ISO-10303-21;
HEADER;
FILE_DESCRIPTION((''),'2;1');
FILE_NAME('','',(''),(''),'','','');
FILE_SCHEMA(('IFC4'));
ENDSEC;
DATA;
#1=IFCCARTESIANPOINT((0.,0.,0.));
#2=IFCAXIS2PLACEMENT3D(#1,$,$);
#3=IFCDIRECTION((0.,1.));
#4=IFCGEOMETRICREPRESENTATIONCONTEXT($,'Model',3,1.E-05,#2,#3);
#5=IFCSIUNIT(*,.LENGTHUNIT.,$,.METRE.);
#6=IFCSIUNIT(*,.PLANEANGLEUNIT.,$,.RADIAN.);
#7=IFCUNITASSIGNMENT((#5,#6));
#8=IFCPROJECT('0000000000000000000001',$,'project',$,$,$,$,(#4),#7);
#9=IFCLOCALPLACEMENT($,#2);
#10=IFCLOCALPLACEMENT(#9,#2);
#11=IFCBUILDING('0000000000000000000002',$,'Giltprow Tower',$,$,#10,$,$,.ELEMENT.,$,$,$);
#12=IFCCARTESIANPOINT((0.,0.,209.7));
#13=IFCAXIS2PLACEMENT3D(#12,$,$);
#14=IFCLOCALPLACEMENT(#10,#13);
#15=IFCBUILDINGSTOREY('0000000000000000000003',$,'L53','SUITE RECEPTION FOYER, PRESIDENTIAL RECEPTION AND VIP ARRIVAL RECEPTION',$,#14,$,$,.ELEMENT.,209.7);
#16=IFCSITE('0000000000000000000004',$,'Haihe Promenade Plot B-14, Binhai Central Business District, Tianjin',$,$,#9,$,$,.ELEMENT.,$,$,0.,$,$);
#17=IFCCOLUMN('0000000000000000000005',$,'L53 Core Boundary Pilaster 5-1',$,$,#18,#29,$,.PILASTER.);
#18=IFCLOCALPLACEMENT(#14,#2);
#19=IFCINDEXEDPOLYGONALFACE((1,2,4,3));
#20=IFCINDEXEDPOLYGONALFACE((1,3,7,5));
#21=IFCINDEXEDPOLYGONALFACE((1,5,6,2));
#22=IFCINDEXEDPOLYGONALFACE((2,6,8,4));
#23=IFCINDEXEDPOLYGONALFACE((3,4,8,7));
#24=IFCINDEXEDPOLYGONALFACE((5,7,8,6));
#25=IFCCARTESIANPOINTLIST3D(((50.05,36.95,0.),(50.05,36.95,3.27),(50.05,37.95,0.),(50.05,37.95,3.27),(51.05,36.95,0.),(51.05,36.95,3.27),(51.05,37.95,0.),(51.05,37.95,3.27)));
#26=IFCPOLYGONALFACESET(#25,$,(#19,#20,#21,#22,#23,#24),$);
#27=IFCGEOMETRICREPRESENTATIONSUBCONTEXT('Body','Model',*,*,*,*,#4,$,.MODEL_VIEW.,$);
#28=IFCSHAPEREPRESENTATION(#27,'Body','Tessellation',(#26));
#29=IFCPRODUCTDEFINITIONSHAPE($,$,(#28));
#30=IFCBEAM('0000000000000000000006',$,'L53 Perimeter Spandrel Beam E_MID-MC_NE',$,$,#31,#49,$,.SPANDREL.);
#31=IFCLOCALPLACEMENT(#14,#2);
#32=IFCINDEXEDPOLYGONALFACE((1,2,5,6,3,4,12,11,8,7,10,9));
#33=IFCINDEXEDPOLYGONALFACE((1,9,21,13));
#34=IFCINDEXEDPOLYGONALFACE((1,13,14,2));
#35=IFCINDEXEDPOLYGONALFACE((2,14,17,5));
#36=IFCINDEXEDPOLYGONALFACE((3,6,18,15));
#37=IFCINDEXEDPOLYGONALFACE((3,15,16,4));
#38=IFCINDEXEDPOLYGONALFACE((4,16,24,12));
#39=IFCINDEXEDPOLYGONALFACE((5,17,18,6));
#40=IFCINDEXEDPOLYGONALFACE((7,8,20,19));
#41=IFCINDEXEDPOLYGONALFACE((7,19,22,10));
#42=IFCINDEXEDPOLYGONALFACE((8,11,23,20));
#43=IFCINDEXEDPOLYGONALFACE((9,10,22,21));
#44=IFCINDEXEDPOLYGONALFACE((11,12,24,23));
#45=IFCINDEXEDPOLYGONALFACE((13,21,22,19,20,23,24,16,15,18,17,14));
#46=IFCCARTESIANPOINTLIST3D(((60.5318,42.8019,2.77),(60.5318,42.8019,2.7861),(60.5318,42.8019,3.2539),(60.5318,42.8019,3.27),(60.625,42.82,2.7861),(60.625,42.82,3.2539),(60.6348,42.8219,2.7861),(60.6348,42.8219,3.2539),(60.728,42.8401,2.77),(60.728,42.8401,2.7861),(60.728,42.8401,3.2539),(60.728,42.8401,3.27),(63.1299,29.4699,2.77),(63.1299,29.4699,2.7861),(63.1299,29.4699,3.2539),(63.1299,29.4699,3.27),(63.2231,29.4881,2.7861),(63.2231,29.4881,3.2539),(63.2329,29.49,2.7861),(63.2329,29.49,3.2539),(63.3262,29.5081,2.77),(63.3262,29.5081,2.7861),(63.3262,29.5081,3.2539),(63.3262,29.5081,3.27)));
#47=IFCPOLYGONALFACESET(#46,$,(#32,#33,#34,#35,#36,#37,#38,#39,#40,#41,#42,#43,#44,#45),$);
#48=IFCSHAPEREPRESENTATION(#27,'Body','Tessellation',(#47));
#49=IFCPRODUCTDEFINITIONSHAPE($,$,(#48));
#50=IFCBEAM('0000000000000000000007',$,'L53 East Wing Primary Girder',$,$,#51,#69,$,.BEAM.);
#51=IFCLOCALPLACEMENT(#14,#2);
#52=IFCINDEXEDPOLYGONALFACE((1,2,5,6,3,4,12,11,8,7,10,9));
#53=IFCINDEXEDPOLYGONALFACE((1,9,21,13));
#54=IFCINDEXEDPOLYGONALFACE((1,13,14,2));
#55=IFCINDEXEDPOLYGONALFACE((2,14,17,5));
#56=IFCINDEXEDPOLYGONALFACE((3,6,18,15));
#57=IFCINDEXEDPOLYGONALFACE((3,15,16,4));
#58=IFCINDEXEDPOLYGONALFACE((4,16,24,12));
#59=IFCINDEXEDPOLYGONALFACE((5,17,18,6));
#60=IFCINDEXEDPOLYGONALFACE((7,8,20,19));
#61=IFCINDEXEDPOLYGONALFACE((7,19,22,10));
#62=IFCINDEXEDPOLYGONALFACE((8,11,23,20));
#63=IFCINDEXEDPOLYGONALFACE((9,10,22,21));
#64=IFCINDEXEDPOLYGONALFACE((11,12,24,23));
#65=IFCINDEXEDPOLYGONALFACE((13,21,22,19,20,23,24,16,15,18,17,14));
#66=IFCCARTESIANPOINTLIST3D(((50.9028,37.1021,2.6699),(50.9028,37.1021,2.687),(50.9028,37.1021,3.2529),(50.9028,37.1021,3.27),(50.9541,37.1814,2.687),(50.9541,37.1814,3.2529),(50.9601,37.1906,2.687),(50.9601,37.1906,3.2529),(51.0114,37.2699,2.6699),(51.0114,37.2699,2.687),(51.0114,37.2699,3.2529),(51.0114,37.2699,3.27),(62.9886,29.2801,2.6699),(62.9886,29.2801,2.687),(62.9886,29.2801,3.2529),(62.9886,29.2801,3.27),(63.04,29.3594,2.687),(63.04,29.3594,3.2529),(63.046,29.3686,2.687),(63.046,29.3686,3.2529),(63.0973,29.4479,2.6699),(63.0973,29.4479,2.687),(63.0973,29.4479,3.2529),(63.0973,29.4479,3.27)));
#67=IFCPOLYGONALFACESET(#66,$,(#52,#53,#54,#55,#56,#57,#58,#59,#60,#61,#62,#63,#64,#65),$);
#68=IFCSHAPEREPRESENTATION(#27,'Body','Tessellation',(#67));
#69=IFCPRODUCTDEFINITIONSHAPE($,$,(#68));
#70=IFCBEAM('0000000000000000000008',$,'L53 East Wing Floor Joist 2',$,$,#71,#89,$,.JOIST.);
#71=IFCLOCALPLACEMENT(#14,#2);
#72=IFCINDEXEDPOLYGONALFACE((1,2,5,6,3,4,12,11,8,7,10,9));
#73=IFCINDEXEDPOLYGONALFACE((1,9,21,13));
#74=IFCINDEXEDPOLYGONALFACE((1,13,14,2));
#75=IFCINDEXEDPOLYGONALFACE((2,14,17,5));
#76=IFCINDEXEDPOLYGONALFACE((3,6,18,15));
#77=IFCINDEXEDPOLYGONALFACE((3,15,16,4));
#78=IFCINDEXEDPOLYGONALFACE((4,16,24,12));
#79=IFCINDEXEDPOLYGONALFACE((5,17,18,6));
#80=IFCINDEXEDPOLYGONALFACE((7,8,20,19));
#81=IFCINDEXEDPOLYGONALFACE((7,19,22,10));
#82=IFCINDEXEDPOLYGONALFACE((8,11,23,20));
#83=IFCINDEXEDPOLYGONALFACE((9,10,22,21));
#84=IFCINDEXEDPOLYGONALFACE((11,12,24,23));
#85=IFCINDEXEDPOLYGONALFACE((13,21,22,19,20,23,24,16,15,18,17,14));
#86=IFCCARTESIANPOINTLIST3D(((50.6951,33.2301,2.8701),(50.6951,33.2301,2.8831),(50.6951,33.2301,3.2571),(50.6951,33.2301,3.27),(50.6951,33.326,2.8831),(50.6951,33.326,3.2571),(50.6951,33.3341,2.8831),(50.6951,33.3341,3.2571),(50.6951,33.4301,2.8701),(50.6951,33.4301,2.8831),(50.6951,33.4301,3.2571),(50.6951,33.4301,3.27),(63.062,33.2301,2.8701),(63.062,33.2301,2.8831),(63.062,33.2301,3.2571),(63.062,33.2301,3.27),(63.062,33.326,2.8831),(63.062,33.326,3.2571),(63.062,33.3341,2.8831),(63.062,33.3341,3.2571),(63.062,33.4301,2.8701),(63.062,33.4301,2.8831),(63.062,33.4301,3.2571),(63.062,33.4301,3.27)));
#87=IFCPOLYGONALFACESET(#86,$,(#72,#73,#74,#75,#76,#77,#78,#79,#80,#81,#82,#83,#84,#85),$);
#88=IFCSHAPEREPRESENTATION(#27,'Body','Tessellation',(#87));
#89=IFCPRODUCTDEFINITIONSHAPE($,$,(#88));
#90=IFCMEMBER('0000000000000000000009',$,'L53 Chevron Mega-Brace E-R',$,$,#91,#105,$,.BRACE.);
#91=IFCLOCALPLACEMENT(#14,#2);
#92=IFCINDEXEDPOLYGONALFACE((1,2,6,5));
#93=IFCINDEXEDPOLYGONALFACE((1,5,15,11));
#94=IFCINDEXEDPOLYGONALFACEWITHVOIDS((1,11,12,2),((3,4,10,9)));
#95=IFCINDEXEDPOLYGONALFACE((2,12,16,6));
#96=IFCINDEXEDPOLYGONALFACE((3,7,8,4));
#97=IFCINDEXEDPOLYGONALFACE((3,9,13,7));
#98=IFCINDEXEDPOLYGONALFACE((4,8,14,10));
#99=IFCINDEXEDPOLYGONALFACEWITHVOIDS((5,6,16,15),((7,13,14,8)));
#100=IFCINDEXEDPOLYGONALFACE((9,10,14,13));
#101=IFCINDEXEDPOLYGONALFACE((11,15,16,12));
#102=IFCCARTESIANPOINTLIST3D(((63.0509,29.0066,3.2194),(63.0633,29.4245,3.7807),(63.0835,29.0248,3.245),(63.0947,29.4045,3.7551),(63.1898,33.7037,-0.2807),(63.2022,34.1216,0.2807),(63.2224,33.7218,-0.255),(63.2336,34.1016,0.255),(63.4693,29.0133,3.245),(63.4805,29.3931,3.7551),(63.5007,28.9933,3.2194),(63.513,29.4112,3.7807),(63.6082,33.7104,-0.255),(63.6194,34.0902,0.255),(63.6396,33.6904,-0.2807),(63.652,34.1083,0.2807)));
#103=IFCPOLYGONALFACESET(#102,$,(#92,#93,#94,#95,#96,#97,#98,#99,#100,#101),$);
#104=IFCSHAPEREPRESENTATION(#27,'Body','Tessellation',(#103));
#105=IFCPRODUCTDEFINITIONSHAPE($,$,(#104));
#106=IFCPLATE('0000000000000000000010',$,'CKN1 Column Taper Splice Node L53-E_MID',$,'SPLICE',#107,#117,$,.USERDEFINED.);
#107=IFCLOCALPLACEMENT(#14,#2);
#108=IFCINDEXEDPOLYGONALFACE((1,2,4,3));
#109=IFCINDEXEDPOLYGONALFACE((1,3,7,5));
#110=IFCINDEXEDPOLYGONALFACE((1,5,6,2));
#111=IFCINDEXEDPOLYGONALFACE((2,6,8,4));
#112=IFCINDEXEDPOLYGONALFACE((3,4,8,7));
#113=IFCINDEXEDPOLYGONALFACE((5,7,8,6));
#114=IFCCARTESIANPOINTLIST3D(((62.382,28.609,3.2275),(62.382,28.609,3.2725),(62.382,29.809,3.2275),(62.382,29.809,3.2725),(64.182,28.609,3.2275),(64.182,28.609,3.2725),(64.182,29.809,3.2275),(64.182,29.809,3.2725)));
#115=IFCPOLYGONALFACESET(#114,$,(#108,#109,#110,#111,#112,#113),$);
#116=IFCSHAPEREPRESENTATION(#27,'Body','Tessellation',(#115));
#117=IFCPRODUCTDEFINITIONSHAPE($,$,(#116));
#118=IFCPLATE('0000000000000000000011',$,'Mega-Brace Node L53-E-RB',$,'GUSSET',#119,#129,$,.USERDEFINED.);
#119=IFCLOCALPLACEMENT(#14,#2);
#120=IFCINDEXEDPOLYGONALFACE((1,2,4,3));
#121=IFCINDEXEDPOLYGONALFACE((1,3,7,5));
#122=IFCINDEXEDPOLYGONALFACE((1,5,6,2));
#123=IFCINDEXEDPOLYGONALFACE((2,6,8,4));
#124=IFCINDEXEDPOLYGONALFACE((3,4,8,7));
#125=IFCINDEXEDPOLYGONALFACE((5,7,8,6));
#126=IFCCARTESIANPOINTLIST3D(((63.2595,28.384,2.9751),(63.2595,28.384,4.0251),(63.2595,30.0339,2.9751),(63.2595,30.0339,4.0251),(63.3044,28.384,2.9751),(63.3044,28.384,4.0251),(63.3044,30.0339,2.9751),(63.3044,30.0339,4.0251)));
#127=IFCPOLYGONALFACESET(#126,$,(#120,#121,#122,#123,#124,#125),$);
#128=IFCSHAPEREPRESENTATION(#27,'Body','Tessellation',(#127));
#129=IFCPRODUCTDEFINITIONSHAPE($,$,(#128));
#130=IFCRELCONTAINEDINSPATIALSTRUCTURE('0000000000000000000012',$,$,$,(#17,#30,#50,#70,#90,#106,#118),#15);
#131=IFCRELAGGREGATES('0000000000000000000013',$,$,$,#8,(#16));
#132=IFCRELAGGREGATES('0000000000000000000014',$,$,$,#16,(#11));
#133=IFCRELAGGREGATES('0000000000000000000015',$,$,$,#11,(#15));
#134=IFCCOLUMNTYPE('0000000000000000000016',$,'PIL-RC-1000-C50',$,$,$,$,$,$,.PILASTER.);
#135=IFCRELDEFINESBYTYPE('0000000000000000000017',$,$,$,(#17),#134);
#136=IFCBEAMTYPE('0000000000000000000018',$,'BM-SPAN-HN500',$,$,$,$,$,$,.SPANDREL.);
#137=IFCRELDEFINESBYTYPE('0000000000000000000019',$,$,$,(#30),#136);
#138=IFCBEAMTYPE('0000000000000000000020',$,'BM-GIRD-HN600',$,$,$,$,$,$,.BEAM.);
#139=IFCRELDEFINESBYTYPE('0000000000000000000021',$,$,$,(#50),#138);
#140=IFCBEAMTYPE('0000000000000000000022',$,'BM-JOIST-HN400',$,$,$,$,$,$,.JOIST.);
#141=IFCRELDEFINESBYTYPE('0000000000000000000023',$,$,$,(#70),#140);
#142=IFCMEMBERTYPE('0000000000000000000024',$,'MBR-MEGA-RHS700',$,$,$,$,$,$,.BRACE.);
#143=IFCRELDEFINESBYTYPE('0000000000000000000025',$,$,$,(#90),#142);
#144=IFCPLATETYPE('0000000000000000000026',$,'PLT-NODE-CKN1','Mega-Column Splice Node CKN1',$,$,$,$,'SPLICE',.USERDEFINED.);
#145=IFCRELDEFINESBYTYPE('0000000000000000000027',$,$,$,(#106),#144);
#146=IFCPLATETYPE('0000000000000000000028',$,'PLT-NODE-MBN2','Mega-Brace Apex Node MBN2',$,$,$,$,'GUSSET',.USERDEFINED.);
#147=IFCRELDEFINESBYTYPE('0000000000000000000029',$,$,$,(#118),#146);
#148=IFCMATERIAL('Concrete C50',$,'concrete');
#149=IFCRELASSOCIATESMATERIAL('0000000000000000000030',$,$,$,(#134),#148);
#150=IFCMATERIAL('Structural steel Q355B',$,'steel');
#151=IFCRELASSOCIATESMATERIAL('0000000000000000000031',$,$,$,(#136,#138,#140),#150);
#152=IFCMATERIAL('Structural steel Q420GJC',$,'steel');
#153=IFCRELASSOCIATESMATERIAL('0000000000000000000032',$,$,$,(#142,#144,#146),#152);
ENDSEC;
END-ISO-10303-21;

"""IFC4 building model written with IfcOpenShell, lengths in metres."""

from ifc_helpers import new_model, si_unit, direction, frame, origin, origin_2d, place, context, subcontext, project, spatial, rectangle, hollow_rectangle, i_section, extrude, source, transform, mapped, material, material_profile, profile_set, type_object, element, save


model = new_model("IFC4")

# Units and contexts
model_context = context("Model", 3, precision=1e-05, world=origin(), true_north=direction((0.0, 1.0)))
body_context = subcontext(model_context, "Body", "Model", "MODEL_VIEW")
ifc_project = project(units=[si_unit("LENGTHUNIT", "METRE"), si_unit("PLANEANGLEUNIT", "RADIAN")], contexts=[model_context])

# Site, building, storey
site_placement = place(None, origin())
site = spatial("IfcSite", under=ifc_project, at=site_placement, Name="Haihe Promenade Plot B-14, Binhai Central Business District, Tianjin", CompositionType="ELEMENT", RefElevation=0.0)
building_placement = place(site_placement, origin())
building = spatial("IfcBuilding", under=site, at=building_placement, Name="Giltprow Tower", CompositionType="ELEMENT")
storey_placement = place(building_placement, frame((0.0, 0.0, 209.7)))
storey = spatial("IfcBuildingStorey", under=building, at=storey_placement, Name="L53", Description="SUITE RECEPTION FOYER, PRESIDENTIAL RECEPTION AND VIP ARRIVAL RECEPTION", CompositionType="ELEMENT", Elevation=209.7)

# Column
ifc_material_1 = material(Name="Concrete C50", Category="concrete")
ifc_material_profile_1 = material_profile(ifc_material_1, rectangle(XDim=1.0, YDim=1.0, at=origin_2d()), Name="RC 1000x1000")
ifc_profile_set_1 = profile_set([ifc_material_profile_1], Name="Concrete C50")
column_type = type_object("IfcColumnType", Name="PIL-RC-1000-C50", PredefinedType="PILASTER", material=ifc_profile_set_1)
shared_shape_1 = source(origin(), body_context, "Body", "SweptSolid", [
    extrude(rectangle(XDim=1.0, YDim=1.0, at=origin_2d()), origin(), (0.0, 0.0, 1.0), 3.27),
])
column_placement = place(storey_placement, frame((50.55, 37.45, 0.0), z_axis=(0.0, 0.0, 1.0), x_axis=(1.0, 0.0, 0.0)))
element("IfcColumn", 1, at=column_placement, inside=storey, type_object=column_type, Name="L53 Core Boundary Pilaster 5-1", PredefinedType="PILASTER", context=body_context, shape_type="MappedRepresentation", body=[
    mapped(shared_shape_1, transform((0.0, 0.0, 0.0), x_axis=(1.0, 0.0, 0.0), y_axis=(0.0, 1.0, 0.0), z_axis=(0.0, 0.0, 1.0), scale=1.0)),
])

# Beams
ifc_material_2 = material(Name="Structural steel Q355B", Category="steel")
ifc_material_profile_2 = material_profile(ifc_material_2, i_section(OverallWidth=0.2, OverallDepth=0.5, WebThickness=0.01, FlangeThickness=0.0161, at=origin_2d()), Name="HN 500x200x10x16")
ifc_profile_set_2 = profile_set([ifc_material_profile_2], Name="Structural steel Q355B")
beam_type_1 = type_object("IfcBeamType", Name="BM-SPAN-HN500", PredefinedType="SPANDREL", material=ifc_profile_set_2)
shared_shape_2 = source(origin(), body_context, "Body", "SweptSolid", [
    extrude(i_section(OverallWidth=0.2, OverallDepth=0.5, WebThickness=0.01, FlangeThickness=0.0161, at=origin_2d()), origin(), (0.0, 0.0, 1.0), 13.5828),
])
beam_1_placement = place(storey_placement, frame((63.228, 29.489, 3.02), z_axis=(-0.191281, 0.981535, 0.0), x_axis=(-0.981535, -0.191281, 0.0)))
element("IfcBeam", 2, at=beam_1_placement, inside=storey, type_object=beam_type_1, Name="L53 Perimeter Spandrel Beam E_MID-MC_NE", PredefinedType="SPANDREL", context=body_context, shape_type="MappedRepresentation", body=[
    mapped(shared_shape_2, transform((0.0, 0.0, 0.0), x_axis=(1.0, 0.0, 0.0), y_axis=(0.0, 1.0, 0.0), z_axis=(0.0, 0.0, 1.0), scale=1.0)),
])
ifc_material_profile_3 = material_profile(ifc_material_2, i_section(OverallWidth=0.2, OverallDepth=0.6001, WebThickness=0.011, FlangeThickness=0.0171, at=origin_2d()), Name="HN 600x200x11x17")
ifc_profile_set_3 = profile_set([ifc_material_profile_3], Name="Structural steel Q355B")
beam_type_2 = type_object("IfcBeamType", Name="BM-GIRD-HN600", PredefinedType="BEAM", material=ifc_profile_set_3)
shared_shape_3 = source(origin(), body_context, "Body", "SweptSolid", [
    extrude(i_section(OverallWidth=0.2, OverallDepth=0.6001, WebThickness=0.011, FlangeThickness=0.0171, at=origin_2d()), origin(), (0.0, 0.0, 1.0), 14.3962),
])
beam_2_placement = place(storey_placement, frame((63.043, 29.364, 2.97), z_axis=(-0.839516, 0.543335, 0.0), x_axis=(-0.543335, -0.839516, 0.0)))
element("IfcBeam", 3, at=beam_2_placement, inside=storey, type_object=beam_type_2, Name="L53 East Wing Primary Girder", PredefinedType="BEAM", context=body_context, shape_type="MappedRepresentation", body=[
    mapped(shared_shape_3, transform((0.0, 0.0, 0.0), x_axis=(1.0, 0.0, 0.0), y_axis=(0.0, 1.0, 0.0), z_axis=(0.0, 0.0, 1.0), scale=1.0)),
])
ifc_material_profile_4 = material_profile(ifc_material_2, i_section(OverallWidth=0.2, OverallDepth=0.3999, WebThickness=0.0081, FlangeThickness=0.0129, at=origin_2d()), Name="HN 400x200x8x13")
ifc_profile_set_4 = profile_set([ifc_material_profile_4], Name="Structural steel Q355B")
beam_type_3 = type_object("IfcBeamType", Name="BM-JOIST-HN400", PredefinedType="JOIST", material=ifc_profile_set_4)
shared_shape_4 = source(origin(), body_context, "Body", "SweptSolid", [
    extrude(i_section(OverallWidth=0.2, OverallDepth=0.3999, WebThickness=0.0081, FlangeThickness=0.0129, at=origin_2d()), origin(), (0.0, 0.0, 1.0), 12.3669),
])
beam_3_placement = place(storey_placement, frame((50.6951, 33.3301, 3.0701), z_axis=(1.0, 0.0, 0.0), x_axis=(0.0, 1.0, 0.0)))
element("IfcBeam", 4, at=beam_3_placement, inside=storey, type_object=beam_type_3, Name="L53 East Wing Floor Joist 2", PredefinedType="JOIST", context=body_context, shape_type="MappedRepresentation", body=[
    mapped(shared_shape_4, transform((0.0, 0.0, 0.0), x_axis=(1.0, 0.0, 0.0), y_axis=(0.0, 1.0, 0.0), z_axis=(0.0, 0.0, 1.0), scale=1.0)),
])

# Member
ifc_material_3 = material(Name="Structural steel Q420GJC", Category="steel")
ifc_material_profile_5 = material_profile(ifc_material_3, hollow_rectangle(XDim=0.45, YDim=0.7, WallThickness=0.032, at=origin_2d()), Name="RHS 700x450x32")
ifc_profile_set_5 = profile_set([ifc_material_profile_5], Name="Structural steel Q420GJC")
member_type = type_object("IfcMemberType", Name="MBR-MEGA-RHS700", PredefinedType="BRACE", material=ifc_profile_set_5)
shared_shape_5 = source(origin(), body_context, "Body", "SweptSolid", [
    extrude(hollow_rectangle(XDim=0.45, YDim=0.7, WallThickness=0.032, at=origin_2d()), origin(), (0.0, 0.0, 1.0), 5.8594),
])
member_placement = place(storey_placement, frame((63.4209, 33.906, 0.0), z_axis=(-0.023709, -0.801636, 0.597342), x_axis=(0.999563, -0.029562, 0.0)))
element("IfcMember", 5, at=member_placement, inside=storey, type_object=member_type, Name="L53 Chevron Mega-Brace E-R", PredefinedType="BRACE", context=body_context, shape_type="MappedRepresentation", body=[
    mapped(shared_shape_5, transform((0.0, 0.0, 0.0), x_axis=(1.0, 0.0, 0.0), y_axis=(0.0, 1.0, 0.0), z_axis=(0.0, 0.0, 1.0), scale=1.0)),
])

# Plates
plate_type_1 = type_object("IfcPlateType", Name="PLT-NODE-CKN1", Description="Mega-Column Splice Node CKN1", ElementType="SPLICE", PredefinedType="USERDEFINED", material=ifc_material_3)
shared_shape_6 = source(origin(), body_context, "Body", "SweptSolid", [
    extrude(rectangle(XDim=1.8, YDim=1.2, at=origin_2d()), origin(), (0.0, 0.0, 1.0), 0.0449),
])
plate_1_placement = place(storey_placement, frame((63.282, 29.209, 3.2275), z_axis=(0.0, 0.0, 1.0), x_axis=(1.0, 0.0, 0.0)))
element("IfcPlate", 6, at=plate_1_placement, inside=storey, type_object=plate_type_1, Name="CKN1 Column Taper Splice Node L53-E_MID", ObjectType="SPLICE", PredefinedType="USERDEFINED", context=body_context, shape_type="MappedRepresentation", body=[
    mapped(shared_shape_6, transform((0.0, 0.0, 0.0), x_axis=(1.0, 0.0, 0.0), y_axis=(0.0, 1.0, 0.0), z_axis=(0.0, 0.0, 1.0), scale=1.0)),
])
plate_type_2 = type_object("IfcPlateType", Name="PLT-NODE-MBN2", Description="Mega-Brace Apex Node MBN2", ElementType="GUSSET", PredefinedType="USERDEFINED", material=ifc_material_3)
shared_shape_7 = source(origin(), body_context, "Body", "SweptSolid", [
    extrude(rectangle(XDim=1.6499, YDim=0.0449, at=origin_2d()), origin(), (0.0, 0.0, 1.0), 1.05),
])
plate_2_placement = place(storey_placement, frame((63.282, 29.209, 2.9751), z_axis=(0.0, 0.0, 1.0), x_axis=(0.0, 1.0, 0.0)))
element("IfcPlate", 7, at=plate_2_placement, inside=storey, type_object=plate_type_2, Name="Mega-Brace Node L53-E-RB", ObjectType="GUSSET", PredefinedType="USERDEFINED", context=body_context, shape_type="MappedRepresentation", body=[
    mapped(shared_shape_7, transform((0.0, 0.0, 0.0), x_axis=(1.0, 0.0, 0.0), y_axis=(0.0, 1.0, 0.0), z_axis=(0.0, 0.0, 1.0), scale=1.0)),
])

save(model, "model.ifc")
